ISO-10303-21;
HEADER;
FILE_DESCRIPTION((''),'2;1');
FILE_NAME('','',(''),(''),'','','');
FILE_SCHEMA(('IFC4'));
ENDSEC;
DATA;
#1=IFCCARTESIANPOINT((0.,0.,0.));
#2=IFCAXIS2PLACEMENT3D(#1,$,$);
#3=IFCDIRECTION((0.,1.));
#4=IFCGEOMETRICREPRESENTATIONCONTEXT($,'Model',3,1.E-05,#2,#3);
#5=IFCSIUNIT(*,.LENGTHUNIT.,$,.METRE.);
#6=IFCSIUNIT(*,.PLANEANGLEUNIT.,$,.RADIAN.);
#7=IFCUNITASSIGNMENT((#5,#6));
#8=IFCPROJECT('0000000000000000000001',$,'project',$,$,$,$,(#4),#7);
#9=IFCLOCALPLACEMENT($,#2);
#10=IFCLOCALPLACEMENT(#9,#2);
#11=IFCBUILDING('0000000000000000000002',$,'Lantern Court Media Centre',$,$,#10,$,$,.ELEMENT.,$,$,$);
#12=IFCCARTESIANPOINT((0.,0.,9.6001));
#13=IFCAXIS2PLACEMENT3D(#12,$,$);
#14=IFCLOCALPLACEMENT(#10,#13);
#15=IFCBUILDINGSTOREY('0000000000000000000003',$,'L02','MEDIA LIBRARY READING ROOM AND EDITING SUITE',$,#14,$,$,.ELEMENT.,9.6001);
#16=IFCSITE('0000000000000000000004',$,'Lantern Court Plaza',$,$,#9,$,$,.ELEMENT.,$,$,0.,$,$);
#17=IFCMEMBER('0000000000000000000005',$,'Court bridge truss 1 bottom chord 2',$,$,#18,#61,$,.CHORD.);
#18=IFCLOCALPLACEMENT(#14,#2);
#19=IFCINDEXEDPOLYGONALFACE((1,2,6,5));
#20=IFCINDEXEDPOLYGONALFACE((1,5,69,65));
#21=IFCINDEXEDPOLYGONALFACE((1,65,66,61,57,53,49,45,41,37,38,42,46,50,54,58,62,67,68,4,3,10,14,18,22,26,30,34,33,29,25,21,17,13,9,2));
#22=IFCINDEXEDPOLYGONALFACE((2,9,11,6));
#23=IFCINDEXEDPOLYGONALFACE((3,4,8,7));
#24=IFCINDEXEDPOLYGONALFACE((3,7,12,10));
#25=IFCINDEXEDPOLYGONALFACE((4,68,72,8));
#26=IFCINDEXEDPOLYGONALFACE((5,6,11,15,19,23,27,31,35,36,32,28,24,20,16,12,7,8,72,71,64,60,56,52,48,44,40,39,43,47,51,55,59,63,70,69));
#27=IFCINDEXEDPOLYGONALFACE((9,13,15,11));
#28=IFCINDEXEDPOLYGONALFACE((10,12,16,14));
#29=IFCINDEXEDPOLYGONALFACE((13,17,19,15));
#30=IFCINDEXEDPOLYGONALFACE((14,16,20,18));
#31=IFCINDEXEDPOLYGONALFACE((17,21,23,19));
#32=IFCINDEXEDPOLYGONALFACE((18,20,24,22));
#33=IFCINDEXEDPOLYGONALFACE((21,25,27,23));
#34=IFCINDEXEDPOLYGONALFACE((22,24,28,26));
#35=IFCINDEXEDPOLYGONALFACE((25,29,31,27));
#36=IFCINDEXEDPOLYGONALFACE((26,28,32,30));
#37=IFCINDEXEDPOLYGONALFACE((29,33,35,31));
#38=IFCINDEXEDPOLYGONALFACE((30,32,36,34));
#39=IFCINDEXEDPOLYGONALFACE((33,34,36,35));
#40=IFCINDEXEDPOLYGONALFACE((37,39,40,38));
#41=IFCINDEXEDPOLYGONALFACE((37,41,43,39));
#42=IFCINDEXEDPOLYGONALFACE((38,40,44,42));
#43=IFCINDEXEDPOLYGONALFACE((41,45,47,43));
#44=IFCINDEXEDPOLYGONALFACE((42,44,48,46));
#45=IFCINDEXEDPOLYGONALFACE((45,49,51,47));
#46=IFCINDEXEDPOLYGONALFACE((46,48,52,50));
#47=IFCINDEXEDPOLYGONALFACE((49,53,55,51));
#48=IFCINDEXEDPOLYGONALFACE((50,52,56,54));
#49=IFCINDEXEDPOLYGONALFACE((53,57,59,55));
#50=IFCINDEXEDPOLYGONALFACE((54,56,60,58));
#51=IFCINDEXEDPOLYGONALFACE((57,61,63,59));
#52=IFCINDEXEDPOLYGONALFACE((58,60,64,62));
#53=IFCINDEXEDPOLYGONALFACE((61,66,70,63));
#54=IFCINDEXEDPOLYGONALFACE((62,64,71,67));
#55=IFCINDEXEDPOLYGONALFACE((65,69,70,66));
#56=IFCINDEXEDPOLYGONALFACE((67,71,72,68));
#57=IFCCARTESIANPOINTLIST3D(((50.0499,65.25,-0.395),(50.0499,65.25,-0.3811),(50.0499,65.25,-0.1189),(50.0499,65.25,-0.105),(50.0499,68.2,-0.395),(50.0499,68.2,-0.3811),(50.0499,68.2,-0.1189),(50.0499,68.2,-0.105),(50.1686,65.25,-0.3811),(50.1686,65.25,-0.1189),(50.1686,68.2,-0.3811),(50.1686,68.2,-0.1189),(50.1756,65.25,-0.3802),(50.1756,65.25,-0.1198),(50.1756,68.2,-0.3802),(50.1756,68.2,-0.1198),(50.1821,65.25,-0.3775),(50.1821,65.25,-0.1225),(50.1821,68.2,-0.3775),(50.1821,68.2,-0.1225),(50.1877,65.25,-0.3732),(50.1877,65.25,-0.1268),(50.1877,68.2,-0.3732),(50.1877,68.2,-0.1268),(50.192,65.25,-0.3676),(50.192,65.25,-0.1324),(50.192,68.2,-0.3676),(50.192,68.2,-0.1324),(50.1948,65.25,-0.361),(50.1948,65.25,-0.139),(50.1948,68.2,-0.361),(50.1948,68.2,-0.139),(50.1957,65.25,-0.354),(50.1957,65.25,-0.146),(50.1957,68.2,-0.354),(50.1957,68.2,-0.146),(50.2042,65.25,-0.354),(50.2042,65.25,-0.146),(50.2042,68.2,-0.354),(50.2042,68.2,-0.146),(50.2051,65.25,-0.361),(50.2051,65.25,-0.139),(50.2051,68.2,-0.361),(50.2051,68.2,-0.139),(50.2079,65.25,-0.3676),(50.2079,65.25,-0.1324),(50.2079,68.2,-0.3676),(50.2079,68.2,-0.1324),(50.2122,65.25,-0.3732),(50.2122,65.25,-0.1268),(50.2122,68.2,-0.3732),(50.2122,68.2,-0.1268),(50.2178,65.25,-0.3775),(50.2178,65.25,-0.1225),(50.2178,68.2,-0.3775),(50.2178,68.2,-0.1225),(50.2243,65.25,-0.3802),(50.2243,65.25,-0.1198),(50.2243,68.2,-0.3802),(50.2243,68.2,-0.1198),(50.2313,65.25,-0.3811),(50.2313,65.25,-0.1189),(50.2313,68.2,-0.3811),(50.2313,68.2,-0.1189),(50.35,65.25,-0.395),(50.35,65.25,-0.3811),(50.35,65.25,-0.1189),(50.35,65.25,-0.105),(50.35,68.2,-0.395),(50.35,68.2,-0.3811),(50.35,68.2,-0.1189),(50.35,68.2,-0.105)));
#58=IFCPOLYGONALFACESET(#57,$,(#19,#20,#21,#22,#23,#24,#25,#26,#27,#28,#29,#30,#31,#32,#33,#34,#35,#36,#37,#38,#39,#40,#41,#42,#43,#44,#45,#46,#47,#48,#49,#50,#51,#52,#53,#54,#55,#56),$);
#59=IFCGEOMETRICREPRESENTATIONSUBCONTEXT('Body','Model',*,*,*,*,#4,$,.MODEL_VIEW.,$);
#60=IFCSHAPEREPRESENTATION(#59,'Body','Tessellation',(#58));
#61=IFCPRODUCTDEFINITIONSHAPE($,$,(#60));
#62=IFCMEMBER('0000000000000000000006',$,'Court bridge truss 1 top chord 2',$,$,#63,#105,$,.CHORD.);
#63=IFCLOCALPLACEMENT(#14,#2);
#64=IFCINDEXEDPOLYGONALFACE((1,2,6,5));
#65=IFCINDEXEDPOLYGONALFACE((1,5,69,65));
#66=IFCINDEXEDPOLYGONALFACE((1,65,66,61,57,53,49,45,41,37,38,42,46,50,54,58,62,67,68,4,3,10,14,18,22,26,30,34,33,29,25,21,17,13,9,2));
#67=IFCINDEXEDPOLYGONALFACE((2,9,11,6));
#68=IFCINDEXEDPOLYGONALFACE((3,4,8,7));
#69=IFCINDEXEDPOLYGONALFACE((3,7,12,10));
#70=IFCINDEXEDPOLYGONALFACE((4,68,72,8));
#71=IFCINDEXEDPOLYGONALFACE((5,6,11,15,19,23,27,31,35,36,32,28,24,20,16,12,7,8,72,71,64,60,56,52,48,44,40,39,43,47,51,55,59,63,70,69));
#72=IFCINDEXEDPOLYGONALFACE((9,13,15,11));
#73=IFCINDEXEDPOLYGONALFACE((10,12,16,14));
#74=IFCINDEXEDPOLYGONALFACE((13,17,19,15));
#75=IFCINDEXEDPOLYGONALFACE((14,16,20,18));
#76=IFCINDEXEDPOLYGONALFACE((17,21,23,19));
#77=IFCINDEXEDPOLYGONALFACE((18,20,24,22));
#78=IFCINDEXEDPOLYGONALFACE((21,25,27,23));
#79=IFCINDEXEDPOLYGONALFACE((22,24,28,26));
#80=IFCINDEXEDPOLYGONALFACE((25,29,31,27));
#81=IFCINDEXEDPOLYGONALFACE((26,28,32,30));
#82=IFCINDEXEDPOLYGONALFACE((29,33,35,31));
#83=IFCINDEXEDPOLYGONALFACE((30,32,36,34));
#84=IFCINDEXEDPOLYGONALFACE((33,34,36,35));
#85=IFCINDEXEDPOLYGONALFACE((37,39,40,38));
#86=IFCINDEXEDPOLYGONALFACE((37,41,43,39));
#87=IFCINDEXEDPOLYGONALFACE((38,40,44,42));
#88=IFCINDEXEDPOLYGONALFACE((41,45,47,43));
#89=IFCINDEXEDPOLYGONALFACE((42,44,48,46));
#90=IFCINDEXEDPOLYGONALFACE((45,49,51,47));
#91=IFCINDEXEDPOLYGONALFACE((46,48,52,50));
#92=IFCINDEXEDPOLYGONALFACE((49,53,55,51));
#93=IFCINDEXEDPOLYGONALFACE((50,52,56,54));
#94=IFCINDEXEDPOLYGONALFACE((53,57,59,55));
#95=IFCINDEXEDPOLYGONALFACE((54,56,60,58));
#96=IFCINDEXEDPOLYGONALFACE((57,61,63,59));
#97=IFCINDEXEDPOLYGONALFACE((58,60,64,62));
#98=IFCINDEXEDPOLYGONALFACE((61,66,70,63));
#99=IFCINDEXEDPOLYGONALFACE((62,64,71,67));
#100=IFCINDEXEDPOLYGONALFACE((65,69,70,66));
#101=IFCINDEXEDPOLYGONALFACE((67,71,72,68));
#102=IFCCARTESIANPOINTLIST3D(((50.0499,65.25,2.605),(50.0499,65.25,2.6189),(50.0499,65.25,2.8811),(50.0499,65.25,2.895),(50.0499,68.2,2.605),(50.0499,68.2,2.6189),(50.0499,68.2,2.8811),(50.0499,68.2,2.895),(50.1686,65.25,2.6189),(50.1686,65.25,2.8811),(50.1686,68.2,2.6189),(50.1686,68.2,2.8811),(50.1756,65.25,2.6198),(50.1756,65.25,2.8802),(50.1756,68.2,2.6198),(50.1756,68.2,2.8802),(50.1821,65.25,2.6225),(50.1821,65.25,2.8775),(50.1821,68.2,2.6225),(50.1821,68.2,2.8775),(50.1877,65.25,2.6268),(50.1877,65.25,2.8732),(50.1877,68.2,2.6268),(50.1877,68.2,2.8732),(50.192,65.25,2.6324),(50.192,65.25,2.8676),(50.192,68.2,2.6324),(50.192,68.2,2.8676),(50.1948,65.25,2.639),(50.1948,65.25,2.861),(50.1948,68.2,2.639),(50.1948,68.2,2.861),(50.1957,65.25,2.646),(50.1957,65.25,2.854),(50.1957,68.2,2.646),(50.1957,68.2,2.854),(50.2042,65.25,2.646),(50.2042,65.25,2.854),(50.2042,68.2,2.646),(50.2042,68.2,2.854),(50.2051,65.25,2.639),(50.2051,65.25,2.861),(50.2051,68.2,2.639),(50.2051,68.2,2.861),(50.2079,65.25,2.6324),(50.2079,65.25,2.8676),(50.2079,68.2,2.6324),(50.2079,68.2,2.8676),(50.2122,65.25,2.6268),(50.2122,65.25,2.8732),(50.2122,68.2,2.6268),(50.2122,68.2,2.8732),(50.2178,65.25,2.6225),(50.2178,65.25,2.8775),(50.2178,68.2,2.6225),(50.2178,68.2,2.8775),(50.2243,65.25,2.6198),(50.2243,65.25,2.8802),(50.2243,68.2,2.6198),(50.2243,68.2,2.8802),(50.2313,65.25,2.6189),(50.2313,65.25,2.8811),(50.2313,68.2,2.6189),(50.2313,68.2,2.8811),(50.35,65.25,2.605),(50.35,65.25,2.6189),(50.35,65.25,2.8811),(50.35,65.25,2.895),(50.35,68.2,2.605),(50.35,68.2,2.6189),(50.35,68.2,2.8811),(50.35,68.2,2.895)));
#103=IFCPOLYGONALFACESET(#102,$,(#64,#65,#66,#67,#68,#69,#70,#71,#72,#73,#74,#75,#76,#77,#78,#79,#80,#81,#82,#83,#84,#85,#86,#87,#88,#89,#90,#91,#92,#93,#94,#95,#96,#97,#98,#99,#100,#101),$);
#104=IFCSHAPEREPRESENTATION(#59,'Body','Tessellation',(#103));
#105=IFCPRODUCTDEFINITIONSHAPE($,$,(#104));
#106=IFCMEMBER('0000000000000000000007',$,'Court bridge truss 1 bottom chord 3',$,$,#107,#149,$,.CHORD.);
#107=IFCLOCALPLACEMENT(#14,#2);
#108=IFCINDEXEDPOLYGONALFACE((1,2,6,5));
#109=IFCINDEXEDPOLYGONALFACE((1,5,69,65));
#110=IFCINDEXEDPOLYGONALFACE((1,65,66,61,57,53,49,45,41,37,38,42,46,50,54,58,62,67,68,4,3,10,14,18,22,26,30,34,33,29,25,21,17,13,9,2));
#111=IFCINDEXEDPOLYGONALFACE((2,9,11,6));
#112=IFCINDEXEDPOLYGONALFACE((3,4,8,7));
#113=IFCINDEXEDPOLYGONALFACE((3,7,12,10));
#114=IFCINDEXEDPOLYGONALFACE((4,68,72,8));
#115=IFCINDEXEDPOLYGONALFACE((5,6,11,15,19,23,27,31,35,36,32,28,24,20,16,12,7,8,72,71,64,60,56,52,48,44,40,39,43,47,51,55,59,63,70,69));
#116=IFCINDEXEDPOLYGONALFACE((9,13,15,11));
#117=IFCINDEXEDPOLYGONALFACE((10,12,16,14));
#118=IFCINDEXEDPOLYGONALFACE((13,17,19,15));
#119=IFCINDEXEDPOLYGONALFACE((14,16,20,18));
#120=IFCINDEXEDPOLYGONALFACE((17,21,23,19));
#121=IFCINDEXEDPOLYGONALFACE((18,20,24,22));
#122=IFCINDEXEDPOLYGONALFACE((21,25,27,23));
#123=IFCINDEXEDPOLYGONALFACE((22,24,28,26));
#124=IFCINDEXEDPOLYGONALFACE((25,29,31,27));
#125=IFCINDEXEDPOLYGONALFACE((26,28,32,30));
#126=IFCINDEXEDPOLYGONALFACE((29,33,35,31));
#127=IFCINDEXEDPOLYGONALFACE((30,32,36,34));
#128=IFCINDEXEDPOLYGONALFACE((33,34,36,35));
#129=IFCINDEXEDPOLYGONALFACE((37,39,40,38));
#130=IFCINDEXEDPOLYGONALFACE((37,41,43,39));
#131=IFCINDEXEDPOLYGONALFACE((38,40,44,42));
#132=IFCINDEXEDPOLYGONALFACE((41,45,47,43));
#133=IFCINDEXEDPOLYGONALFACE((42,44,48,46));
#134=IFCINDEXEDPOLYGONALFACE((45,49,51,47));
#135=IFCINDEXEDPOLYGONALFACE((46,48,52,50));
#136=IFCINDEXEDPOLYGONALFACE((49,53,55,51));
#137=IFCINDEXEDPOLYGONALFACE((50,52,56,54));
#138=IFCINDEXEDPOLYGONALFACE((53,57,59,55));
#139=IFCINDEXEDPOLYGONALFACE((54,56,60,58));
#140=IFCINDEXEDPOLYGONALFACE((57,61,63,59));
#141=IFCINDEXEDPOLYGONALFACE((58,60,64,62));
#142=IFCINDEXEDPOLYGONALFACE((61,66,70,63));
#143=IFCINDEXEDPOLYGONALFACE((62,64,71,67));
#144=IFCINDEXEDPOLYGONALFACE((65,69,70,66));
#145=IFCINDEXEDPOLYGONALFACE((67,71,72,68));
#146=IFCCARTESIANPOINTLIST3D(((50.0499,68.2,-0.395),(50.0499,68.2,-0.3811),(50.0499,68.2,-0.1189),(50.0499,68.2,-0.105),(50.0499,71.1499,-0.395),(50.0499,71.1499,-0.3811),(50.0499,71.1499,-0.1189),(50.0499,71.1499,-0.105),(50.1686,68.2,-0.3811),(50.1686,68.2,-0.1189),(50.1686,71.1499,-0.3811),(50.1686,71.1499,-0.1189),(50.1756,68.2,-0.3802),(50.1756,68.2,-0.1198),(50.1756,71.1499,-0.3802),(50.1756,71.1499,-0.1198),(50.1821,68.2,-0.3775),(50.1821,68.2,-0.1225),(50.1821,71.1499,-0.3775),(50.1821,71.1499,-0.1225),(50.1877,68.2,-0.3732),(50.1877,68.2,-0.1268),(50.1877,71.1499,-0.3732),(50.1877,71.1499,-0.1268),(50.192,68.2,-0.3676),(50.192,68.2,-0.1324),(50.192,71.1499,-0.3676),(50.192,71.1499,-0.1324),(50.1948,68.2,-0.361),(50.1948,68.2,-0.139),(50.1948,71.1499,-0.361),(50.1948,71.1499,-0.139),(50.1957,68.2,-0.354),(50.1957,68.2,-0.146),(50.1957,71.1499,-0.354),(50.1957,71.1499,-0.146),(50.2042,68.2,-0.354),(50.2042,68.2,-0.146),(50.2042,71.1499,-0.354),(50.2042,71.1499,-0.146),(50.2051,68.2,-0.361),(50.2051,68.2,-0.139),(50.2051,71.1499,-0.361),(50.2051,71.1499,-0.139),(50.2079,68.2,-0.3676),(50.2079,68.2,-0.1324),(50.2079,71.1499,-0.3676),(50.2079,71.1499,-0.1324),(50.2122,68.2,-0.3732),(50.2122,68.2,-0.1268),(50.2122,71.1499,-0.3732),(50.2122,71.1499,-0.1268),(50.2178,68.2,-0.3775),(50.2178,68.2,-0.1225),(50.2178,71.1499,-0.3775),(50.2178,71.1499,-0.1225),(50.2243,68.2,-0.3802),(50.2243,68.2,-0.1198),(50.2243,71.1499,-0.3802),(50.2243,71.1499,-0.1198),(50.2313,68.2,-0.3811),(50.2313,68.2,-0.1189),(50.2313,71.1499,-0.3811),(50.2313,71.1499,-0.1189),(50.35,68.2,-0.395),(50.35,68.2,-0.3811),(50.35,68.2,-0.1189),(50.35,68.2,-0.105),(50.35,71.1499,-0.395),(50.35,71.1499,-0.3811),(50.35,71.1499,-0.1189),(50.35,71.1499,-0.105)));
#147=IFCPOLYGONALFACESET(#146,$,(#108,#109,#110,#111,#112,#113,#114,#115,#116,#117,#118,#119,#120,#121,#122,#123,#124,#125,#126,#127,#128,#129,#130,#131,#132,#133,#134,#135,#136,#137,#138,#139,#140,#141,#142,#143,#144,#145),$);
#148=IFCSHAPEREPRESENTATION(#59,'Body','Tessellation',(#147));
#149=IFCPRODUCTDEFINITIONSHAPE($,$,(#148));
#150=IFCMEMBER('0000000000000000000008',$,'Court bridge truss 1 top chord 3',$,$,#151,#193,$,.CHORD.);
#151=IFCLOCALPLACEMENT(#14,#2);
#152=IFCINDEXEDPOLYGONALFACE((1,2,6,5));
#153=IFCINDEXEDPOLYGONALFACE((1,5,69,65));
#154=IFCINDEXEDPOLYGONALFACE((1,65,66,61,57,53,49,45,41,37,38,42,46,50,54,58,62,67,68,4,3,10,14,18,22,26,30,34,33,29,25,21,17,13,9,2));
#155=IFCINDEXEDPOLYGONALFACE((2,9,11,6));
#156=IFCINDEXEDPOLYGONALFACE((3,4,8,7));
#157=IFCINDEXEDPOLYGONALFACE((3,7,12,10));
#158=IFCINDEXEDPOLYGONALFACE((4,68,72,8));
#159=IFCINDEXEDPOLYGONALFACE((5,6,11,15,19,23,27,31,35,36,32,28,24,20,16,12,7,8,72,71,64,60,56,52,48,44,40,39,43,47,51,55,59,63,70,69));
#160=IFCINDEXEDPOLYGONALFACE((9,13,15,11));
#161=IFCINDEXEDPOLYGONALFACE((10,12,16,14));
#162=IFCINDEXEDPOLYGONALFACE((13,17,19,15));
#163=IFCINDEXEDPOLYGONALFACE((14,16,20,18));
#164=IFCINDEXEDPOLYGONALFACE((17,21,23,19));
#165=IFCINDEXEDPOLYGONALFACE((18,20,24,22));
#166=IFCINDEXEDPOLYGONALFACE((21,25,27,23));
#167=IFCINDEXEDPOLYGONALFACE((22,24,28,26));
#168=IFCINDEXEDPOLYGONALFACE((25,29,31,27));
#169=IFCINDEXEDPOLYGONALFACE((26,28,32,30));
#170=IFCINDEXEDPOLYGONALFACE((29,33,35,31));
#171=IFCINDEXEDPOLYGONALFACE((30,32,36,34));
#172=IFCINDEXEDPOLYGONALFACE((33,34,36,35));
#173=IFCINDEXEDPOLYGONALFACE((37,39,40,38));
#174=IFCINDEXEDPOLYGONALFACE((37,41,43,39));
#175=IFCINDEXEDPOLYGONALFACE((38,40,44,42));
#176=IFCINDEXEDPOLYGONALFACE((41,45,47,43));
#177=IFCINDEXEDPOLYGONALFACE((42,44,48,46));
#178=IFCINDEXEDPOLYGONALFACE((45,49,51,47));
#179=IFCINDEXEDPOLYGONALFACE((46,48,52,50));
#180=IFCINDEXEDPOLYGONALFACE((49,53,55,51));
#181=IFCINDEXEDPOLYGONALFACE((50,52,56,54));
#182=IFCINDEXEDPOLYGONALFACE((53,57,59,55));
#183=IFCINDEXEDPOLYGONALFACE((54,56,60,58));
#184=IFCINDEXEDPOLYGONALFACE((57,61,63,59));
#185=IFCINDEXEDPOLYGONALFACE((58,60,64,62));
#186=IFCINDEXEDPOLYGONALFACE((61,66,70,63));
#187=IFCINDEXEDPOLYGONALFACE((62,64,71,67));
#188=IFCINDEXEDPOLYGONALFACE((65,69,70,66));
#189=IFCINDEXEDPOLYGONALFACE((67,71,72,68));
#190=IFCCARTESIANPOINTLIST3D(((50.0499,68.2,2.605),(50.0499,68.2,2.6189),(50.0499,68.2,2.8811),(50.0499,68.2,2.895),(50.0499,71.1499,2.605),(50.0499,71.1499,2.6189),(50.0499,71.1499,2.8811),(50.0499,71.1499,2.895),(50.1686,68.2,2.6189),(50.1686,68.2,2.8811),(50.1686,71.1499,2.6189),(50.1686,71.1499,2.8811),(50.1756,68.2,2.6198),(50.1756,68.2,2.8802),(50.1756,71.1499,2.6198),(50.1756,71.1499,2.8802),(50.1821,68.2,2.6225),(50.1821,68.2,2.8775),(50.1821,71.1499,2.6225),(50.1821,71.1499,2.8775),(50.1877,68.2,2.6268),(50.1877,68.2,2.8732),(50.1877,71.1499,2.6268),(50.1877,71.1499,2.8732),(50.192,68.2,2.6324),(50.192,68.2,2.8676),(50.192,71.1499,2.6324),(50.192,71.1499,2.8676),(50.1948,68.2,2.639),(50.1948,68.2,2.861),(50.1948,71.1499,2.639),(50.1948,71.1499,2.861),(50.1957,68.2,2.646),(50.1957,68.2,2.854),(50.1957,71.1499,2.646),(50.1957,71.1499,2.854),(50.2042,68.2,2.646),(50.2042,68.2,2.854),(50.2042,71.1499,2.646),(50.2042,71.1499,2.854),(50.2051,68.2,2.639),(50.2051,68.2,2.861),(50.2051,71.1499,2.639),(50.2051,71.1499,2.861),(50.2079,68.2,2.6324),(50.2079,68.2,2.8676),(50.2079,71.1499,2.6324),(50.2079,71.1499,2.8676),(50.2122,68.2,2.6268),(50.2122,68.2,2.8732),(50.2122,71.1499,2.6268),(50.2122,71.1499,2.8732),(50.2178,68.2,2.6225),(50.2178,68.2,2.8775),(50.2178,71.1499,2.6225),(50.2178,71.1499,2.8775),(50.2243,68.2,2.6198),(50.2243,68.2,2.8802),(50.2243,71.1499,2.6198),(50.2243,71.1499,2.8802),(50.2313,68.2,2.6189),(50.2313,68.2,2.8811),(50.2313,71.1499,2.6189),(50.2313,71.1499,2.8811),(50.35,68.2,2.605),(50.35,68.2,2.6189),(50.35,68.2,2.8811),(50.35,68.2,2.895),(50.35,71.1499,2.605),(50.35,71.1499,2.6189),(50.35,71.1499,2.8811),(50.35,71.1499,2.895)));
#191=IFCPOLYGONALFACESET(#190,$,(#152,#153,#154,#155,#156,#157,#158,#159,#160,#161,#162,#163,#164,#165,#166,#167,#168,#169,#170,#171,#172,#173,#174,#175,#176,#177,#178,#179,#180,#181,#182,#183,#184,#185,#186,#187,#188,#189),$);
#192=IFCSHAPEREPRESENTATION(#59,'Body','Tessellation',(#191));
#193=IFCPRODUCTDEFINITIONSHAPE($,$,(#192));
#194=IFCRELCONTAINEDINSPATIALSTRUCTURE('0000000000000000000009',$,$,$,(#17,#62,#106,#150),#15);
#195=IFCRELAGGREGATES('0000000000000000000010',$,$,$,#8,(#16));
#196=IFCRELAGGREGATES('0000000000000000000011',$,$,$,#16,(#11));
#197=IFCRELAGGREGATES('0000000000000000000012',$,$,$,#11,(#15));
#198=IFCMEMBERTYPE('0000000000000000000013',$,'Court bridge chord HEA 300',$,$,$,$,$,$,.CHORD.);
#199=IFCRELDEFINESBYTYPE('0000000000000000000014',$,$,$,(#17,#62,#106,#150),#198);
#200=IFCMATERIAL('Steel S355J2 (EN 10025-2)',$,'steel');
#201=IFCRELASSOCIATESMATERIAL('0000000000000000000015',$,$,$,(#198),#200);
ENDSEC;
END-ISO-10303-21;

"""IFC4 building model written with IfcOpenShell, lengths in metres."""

from ifc_helpers import new_model, si_unit, direction, frame, origin, origin_2d, place, context, subcontext, project, spatial, i_section, extrude, material, material_profile, profile_set, type_object, element, save


model = new_model("IFC4")

# Units and contexts
model_context = context("Model", 3, precision=1e-05, world=origin(), true_north=direction((0.0, 1.0)))
body_context = subcontext(model_context, "Body", "Model", "MODEL_VIEW")
ifc_project = project(units=[si_unit("LENGTHUNIT", "METRE"), si_unit("PLANEANGLEUNIT", "RADIAN")], contexts=[model_context])

# Site, building, storey
site_placement = place(None, origin())
site = spatial("IfcSite", under=ifc_project, at=site_placement, Name="Lantern Court Plaza", CompositionType="ELEMENT", RefElevation=0.0)
building_placement = place(site_placement, origin())
building = spatial("IfcBuilding", under=site, at=building_placement, Name="Lantern Court Media Centre", CompositionType="ELEMENT")
storey_placement = place(building_placement, frame((0.0, 0.0, 9.6001)))
storey = spatial("IfcBuildingStorey", under=building, at=storey_placement, Name="L02", Description="MEDIA LIBRARY READING ROOM AND EDITING SUITE", CompositionType="ELEMENT", Elevation=9.6001)

# Members
ifc_material = material(Name="Steel S355J2 (EN 10025-2)", Category="steel")
ifc_material_profile_1 = material_profile(ifc_material, i_section(OverallWidth=0.3, OverallDepth=0.29, WebThickness=0.0085, FlangeThickness=0.0139, FilletRadius=0.0271, at=origin_2d()), Name="HEA 300")
ifc_profile_set_1 = profile_set([ifc_material_profile_1], Name="Steel S355J2 (EN 10025-2)")
member_type_1 = type_object("IfcMemberType", Name="Court bridge chord HEA 300", PredefinedType="CHORD", material=ifc_profile_set_1)
for number, where, z_axis, x_axis, name in (
    (1, (50.2, 65.25, -0.25), (0.0, 1.0, 0.0), (-1.0, 0.0, 0.0), "Court bridge truss 1 bottom chord 2"),
    (2, (50.2, 65.25, 2.75), (0.0, 1.0, 0.0), (-1.0, 0.0, 0.0), "Court bridge truss 1 top chord 2"),
    (3, (50.2, 68.2, -0.25), (0.0, 1.0, 0.0), (-1.0, 0.0, 0.0), "Court bridge truss 1 bottom chord 3"),
    (4, (50.2, 68.2, 2.75), (0.0, 1.0, 0.0), (-1.0, 0.0, 0.0), "Court bridge truss 1 top chord 3"),
):
    element("IfcMember", number, at=place(storey_placement, frame(where, z_axis=z_axis, x_axis=x_axis)), inside=storey, type_object=member_type_1, Name=name, PredefinedType="CHORD", context=body_context, shape_type="SweptSolid", body=[
        extrude(i_section(OverallWidth=0.3, OverallDepth=0.29, WebThickness=0.0085, FlangeThickness=0.0139, FilletRadius=0.0271, at=origin_2d()), origin(), (0.0, 0.0, 1.0), 2.95),
    ])

save(model, "model.ifc")
